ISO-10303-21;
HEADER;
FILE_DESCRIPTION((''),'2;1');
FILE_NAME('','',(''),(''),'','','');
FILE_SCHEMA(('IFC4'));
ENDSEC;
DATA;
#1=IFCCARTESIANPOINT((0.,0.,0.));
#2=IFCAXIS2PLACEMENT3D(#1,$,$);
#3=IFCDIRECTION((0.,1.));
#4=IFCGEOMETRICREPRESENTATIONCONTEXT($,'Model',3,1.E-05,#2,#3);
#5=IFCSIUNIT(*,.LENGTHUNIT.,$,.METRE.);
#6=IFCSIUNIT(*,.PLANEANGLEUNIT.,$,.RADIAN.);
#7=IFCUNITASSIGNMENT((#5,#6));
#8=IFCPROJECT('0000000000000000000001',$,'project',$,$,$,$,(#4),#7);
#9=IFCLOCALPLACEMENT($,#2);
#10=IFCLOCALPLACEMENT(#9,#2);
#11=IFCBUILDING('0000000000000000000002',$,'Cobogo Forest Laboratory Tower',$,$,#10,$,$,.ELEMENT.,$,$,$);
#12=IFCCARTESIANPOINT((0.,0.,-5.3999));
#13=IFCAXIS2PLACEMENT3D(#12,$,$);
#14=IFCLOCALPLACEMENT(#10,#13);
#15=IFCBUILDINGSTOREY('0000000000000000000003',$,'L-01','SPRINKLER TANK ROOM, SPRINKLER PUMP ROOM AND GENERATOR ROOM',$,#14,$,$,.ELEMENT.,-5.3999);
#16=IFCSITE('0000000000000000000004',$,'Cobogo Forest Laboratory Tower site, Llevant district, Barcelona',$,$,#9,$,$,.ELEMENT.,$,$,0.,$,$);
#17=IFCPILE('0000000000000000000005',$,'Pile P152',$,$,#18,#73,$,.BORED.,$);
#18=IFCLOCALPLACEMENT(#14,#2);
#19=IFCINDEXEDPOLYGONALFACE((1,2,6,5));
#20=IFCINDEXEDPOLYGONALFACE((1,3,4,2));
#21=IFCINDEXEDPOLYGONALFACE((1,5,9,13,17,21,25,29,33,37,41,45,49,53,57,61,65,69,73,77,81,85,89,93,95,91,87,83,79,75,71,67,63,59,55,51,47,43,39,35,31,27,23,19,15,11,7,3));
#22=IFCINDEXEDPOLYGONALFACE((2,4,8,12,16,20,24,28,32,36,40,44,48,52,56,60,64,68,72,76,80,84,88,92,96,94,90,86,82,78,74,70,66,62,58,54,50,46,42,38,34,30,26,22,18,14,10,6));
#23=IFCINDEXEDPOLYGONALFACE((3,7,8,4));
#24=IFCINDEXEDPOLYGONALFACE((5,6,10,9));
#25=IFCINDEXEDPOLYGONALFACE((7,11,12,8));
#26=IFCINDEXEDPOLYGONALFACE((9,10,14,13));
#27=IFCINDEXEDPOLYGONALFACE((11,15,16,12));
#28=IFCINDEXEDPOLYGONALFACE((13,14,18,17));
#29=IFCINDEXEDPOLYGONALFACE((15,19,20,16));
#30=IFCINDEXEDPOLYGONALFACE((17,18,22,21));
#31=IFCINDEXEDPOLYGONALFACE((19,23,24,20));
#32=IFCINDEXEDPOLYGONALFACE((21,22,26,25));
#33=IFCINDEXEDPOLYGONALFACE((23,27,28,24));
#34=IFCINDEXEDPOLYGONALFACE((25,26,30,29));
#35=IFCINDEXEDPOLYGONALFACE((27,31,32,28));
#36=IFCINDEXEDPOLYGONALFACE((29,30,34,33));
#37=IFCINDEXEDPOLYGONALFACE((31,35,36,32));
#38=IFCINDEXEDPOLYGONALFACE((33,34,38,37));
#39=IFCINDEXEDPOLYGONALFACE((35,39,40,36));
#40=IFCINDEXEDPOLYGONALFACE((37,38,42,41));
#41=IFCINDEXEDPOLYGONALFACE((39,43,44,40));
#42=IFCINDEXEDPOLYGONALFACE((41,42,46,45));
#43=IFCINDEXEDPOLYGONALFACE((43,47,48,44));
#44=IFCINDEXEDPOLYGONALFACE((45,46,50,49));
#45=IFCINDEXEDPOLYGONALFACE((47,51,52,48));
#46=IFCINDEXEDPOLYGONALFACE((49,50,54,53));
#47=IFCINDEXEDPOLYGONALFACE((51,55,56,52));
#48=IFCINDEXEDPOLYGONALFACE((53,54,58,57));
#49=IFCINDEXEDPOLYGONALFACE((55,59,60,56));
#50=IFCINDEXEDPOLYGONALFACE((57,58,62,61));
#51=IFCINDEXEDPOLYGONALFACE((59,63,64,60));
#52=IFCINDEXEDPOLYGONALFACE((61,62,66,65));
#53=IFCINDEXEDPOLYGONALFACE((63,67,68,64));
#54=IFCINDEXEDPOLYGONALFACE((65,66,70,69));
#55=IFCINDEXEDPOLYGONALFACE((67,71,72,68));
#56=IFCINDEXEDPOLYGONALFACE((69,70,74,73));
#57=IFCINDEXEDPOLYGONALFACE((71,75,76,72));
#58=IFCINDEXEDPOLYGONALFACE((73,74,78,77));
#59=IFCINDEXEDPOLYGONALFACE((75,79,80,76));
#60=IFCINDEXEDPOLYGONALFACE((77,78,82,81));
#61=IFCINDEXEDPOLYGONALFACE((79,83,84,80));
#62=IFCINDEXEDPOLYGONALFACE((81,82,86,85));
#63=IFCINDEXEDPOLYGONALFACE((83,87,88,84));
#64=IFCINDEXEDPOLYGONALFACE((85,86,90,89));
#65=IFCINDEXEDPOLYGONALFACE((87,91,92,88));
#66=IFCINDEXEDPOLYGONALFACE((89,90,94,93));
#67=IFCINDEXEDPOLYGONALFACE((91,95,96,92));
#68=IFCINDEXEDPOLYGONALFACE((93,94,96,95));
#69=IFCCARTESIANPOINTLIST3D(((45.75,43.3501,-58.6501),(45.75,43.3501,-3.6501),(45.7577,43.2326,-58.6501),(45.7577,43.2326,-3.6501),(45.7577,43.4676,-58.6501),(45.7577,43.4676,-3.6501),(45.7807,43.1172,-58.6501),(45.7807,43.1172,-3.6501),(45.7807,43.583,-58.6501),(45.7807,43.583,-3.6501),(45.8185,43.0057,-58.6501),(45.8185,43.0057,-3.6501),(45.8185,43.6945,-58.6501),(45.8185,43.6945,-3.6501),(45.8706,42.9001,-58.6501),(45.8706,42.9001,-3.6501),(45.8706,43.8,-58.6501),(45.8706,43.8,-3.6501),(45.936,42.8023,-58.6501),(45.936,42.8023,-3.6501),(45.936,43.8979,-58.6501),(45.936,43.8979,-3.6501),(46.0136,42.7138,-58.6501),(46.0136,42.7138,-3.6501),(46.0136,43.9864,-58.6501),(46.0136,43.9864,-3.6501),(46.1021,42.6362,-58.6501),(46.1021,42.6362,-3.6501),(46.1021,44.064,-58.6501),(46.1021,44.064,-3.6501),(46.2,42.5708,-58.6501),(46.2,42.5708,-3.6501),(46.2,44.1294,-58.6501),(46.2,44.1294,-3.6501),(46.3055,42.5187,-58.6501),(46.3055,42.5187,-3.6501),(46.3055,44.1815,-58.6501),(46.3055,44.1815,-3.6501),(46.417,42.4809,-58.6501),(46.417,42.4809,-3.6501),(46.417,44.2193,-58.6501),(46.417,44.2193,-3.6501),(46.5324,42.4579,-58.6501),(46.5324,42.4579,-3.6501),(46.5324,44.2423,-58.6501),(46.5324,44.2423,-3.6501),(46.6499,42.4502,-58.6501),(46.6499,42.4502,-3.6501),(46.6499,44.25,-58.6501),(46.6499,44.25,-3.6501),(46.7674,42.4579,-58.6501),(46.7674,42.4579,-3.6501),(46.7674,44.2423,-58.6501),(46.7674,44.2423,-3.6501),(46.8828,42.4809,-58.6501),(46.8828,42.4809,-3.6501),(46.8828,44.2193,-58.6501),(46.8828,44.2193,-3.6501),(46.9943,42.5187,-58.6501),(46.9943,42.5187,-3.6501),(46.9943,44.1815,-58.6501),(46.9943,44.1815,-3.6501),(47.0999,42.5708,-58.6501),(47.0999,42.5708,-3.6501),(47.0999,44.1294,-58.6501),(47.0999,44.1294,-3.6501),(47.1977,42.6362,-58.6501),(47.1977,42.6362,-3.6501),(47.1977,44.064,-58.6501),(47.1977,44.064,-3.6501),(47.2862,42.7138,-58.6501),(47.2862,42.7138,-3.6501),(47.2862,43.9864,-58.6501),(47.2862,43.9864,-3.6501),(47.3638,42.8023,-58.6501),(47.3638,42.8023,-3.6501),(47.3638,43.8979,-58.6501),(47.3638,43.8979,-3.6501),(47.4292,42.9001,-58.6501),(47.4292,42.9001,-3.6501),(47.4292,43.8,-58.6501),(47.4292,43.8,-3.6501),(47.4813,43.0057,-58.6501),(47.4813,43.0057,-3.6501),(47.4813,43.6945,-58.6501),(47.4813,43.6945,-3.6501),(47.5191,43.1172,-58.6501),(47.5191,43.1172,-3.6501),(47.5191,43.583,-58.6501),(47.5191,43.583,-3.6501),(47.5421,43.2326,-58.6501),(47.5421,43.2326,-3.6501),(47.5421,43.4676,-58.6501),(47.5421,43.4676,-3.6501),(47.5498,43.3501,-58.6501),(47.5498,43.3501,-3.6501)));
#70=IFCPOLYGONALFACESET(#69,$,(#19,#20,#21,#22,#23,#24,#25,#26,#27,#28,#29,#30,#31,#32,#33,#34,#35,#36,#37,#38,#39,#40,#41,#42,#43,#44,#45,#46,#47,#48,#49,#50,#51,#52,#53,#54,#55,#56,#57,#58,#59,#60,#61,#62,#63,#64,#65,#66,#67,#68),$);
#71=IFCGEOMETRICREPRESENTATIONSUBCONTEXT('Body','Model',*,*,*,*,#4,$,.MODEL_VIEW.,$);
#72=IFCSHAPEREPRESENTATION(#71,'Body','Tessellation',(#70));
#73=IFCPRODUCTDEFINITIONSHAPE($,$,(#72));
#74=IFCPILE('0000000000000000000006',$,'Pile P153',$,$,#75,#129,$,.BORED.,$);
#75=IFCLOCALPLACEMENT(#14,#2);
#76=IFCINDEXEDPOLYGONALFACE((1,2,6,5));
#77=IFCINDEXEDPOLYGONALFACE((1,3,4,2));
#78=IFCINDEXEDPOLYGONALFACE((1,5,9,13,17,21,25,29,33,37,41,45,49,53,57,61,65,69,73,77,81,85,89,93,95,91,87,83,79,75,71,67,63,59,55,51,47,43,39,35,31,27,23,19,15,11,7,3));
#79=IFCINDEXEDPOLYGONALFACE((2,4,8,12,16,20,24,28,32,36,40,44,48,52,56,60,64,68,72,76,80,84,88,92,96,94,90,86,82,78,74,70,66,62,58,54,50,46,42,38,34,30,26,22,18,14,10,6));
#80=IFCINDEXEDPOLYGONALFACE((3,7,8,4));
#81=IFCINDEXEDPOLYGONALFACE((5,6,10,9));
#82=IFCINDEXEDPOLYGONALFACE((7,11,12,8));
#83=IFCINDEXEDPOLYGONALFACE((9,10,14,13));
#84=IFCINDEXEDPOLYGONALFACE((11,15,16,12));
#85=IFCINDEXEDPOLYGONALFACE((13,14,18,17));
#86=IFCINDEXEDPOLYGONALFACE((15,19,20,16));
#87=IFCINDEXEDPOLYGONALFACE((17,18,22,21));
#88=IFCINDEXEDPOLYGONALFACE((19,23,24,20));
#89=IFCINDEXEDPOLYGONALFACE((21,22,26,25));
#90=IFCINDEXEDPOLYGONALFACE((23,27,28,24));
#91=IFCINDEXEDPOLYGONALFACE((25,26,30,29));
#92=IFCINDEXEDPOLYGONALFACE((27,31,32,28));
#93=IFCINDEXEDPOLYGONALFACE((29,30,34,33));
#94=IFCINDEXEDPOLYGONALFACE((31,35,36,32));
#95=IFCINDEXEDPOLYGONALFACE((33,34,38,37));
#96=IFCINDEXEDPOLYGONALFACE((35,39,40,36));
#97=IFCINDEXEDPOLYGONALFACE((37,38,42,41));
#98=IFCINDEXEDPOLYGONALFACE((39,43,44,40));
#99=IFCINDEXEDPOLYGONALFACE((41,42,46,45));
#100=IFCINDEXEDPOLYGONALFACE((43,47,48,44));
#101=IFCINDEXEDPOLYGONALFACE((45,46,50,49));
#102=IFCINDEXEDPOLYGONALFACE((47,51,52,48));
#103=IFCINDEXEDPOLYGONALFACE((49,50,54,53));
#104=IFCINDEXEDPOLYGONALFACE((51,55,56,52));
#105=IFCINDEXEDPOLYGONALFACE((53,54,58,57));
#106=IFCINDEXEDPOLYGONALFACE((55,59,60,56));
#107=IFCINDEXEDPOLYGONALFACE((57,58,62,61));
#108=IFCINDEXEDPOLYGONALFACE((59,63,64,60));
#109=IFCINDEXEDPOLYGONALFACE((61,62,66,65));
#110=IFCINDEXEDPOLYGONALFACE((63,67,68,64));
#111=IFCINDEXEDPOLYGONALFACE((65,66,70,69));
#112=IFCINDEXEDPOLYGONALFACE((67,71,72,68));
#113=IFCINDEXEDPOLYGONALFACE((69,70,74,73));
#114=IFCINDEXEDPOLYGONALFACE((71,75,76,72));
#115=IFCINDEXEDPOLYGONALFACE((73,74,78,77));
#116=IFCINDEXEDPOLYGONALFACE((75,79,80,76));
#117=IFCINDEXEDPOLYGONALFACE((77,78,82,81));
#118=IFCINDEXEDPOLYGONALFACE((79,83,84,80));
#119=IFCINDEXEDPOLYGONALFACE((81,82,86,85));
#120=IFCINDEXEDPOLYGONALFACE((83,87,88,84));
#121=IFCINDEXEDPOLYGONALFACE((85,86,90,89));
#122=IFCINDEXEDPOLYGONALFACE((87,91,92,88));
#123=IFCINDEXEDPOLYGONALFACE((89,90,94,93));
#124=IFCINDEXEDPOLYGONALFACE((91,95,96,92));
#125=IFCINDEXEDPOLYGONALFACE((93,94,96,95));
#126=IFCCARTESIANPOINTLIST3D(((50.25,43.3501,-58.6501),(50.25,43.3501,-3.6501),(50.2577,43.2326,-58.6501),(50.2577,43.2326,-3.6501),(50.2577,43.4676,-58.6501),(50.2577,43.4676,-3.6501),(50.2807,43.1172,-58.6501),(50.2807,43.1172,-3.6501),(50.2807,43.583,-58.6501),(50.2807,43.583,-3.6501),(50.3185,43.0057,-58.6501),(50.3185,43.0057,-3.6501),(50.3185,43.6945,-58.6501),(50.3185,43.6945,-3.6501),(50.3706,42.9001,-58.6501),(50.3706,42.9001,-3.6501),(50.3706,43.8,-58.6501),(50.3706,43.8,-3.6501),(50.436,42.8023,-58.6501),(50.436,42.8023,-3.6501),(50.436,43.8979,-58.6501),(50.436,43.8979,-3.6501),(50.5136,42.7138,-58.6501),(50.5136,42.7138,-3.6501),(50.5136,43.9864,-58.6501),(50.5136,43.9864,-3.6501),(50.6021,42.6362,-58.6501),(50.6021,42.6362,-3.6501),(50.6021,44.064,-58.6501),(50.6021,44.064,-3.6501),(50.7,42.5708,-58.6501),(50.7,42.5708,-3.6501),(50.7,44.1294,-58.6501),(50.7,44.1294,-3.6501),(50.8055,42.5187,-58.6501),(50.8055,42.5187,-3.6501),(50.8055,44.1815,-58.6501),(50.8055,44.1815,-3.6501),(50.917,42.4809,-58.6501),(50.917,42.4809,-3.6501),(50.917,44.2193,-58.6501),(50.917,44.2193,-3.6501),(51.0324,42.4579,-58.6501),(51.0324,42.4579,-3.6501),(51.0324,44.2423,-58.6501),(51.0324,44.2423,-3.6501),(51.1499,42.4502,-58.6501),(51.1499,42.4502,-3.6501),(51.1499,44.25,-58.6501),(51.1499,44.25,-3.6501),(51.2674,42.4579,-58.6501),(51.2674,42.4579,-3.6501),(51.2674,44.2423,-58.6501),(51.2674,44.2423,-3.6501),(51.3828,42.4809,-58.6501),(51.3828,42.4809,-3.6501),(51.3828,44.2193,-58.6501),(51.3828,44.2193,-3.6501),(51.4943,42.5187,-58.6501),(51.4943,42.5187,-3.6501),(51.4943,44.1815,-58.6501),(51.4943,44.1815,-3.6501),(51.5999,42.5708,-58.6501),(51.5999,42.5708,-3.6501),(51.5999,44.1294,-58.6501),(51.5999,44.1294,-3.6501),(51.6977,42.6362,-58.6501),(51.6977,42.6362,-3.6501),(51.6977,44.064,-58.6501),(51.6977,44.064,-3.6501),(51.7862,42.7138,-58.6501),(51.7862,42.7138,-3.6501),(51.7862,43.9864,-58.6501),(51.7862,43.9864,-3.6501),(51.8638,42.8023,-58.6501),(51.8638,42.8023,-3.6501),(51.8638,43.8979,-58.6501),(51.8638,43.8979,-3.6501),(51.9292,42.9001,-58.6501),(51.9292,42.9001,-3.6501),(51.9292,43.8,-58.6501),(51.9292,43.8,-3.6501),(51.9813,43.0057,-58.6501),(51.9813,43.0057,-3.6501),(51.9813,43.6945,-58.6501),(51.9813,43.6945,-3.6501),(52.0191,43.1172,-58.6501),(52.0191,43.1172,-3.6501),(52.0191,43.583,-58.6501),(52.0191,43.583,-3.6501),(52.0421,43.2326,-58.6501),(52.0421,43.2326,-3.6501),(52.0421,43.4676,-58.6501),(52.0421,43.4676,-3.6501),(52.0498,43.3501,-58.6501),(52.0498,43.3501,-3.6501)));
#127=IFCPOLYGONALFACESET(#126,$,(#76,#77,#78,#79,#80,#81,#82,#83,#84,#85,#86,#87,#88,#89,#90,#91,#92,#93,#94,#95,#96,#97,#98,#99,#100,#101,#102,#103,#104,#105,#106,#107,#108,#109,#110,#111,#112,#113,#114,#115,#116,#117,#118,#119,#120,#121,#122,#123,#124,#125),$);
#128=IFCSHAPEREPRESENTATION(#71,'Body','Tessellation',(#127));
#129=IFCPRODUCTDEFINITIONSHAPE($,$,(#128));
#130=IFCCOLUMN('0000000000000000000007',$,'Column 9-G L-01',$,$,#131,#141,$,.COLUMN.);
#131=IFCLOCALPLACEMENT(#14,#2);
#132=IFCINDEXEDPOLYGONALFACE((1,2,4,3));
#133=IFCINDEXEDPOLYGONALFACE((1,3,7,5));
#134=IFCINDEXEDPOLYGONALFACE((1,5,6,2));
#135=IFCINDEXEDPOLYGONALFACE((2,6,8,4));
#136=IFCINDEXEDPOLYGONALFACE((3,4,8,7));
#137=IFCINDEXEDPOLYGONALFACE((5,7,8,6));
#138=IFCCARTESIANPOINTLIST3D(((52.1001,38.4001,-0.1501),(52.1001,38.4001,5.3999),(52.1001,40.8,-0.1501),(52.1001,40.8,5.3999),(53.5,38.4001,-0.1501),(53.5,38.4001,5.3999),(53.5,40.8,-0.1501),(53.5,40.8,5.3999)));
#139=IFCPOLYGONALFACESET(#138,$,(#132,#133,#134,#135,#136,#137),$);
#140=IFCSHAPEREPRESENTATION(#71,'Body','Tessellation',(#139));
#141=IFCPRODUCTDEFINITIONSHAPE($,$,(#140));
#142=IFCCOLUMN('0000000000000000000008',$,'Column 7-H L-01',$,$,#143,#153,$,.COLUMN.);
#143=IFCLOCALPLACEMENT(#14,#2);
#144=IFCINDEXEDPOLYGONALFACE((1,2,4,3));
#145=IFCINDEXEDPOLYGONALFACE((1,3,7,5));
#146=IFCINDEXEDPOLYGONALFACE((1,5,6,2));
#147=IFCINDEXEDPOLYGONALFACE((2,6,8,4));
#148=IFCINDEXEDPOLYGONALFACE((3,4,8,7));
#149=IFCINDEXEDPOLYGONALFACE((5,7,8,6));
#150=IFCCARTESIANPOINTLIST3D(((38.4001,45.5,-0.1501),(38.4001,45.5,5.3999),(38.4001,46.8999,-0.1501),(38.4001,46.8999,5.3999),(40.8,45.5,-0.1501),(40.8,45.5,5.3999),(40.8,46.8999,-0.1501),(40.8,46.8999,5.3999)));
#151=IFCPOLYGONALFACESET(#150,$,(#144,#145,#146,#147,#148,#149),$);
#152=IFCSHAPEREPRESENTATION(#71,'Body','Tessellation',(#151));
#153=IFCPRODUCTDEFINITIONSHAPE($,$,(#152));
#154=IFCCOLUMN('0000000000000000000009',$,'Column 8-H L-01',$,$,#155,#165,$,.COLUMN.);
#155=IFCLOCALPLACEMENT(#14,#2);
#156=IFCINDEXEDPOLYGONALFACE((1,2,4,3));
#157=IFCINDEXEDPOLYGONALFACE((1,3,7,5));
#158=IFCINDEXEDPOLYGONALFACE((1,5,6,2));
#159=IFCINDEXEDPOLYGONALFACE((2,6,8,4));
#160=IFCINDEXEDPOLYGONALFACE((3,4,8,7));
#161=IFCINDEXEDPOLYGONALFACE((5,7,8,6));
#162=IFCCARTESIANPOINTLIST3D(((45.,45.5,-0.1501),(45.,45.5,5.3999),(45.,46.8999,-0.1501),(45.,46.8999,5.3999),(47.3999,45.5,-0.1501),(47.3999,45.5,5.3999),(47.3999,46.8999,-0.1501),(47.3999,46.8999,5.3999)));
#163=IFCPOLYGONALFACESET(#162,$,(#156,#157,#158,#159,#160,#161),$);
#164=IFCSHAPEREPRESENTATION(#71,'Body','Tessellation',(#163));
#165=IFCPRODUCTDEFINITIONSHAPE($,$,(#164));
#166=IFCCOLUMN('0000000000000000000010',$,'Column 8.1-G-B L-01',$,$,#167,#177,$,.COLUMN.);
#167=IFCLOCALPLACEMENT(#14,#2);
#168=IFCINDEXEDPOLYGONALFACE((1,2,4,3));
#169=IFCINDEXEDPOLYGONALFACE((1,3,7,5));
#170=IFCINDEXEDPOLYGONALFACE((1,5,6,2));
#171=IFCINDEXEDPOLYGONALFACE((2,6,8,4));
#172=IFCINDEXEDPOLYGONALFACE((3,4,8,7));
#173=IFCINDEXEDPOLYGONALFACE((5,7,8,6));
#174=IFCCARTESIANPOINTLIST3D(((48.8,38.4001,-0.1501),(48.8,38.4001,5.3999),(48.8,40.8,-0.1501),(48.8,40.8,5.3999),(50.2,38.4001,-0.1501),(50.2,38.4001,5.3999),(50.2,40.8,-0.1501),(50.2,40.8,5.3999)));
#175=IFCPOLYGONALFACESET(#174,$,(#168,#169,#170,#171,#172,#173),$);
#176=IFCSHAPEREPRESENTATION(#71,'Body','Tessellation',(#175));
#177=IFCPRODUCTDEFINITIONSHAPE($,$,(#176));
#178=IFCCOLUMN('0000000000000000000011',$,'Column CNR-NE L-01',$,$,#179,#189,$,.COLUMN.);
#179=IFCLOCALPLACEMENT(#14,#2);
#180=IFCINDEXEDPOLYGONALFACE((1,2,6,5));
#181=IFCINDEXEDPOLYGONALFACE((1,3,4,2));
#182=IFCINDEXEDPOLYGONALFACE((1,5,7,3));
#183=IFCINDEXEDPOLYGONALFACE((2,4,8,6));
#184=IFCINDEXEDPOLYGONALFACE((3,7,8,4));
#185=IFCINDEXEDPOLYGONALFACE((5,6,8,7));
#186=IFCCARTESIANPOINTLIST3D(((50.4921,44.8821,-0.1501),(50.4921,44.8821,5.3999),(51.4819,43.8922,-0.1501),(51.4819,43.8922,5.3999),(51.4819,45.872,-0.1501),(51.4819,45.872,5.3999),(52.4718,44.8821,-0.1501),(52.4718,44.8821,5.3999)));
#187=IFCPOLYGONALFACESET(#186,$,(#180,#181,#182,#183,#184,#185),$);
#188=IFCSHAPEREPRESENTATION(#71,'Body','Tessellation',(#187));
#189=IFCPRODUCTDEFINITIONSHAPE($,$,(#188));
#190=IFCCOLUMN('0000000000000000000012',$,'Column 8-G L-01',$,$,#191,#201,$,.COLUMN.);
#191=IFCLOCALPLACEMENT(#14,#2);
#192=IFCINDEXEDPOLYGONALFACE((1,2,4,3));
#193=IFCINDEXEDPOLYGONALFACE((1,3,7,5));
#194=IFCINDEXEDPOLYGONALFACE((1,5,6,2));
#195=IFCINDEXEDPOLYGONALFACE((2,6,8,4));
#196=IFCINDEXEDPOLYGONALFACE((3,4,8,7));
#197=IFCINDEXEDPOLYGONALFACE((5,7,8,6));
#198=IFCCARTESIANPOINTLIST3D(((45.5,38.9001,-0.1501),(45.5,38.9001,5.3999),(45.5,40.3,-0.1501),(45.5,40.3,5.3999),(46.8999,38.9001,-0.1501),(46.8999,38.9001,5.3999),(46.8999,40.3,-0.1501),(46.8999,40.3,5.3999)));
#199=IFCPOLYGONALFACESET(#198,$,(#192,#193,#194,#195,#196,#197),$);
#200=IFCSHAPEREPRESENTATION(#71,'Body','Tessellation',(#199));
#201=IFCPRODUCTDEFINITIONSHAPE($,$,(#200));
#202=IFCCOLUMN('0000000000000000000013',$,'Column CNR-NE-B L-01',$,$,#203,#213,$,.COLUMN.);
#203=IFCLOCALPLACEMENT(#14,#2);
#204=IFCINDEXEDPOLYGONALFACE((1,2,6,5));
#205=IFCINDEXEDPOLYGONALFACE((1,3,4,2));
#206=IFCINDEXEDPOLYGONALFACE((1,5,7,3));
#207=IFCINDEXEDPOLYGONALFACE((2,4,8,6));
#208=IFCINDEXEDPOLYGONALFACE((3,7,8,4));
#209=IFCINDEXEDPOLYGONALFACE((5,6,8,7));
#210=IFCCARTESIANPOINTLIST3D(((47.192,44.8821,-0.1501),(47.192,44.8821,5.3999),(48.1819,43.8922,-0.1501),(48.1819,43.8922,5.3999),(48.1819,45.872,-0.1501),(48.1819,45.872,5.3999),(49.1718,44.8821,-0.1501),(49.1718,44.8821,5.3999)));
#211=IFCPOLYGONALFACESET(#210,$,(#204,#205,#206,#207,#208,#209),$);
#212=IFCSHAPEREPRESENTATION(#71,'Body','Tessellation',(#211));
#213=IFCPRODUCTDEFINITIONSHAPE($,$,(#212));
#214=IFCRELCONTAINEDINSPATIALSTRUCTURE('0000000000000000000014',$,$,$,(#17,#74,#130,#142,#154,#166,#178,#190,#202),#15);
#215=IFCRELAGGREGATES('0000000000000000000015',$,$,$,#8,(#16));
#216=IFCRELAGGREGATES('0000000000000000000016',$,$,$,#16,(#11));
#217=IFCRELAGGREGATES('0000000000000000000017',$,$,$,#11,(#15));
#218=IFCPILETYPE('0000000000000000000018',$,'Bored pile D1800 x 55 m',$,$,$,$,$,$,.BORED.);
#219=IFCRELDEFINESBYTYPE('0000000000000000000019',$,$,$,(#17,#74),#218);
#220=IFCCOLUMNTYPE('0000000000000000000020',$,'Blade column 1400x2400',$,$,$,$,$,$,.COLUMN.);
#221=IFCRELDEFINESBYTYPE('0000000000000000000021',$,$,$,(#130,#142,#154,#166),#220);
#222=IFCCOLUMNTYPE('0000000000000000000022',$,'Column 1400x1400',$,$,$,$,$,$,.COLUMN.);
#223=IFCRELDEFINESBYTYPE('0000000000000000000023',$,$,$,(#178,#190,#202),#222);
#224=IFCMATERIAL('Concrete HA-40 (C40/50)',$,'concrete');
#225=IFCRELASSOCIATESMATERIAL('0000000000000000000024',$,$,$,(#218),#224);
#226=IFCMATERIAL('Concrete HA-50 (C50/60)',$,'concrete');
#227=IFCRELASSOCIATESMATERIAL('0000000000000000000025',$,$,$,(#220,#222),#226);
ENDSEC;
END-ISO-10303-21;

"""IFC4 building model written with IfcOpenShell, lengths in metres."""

from ifc_helpers import new_model, si_unit, direction, frame, origin, origin_2d, place, context, subcontext, project, spatial, rectangle, circle, extrude, material, material_profile, profile_set, type_object, element, save


model = new_model("IFC4")

# Units and contexts
model_context = context("Model", 3, precision=1e-05, world=origin(), true_north=direction((0.0, 1.0)))
body_context = subcontext(model_context, "Body", "Model", "MODEL_VIEW")
ifc_project = project(units=[si_unit("LENGTHUNIT", "METRE"), si_unit("PLANEANGLEUNIT", "RADIAN")], contexts=[model_context])

# Site, building, storey
site_placement = place(None, origin())
site = spatial("IfcSite", under=ifc_project, at=site_placement, Name="Cobogo Forest Laboratory Tower site, Llevant district, Barcelona", CompositionType="ELEMENT", RefElevation=0.0)
building_placement = place(site_placement, origin())
building = spatial("IfcBuilding", under=site, at=building_placement, Name="Cobogo Forest Laboratory Tower", CompositionType="ELEMENT")
storey_placement = place(building_placement, frame((0.0, 0.0, -5.3999)))
storey = spatial("IfcBuildingStorey", under=building, at=storey_placement, Name="L-01", Description="SPRINKLER TANK ROOM, SPRINKLER PUMP ROOM AND GENERATOR ROOM", CompositionType="ELEMENT", Elevation=-5.3999)

# Piles
ifc_material_1 = material(Name="Concrete HA-40 (C40/50)", Category="concrete")
ifc_material_profile_1 = material_profile(ifc_material_1, circle(Radius=0.8999, at=origin_2d()), Name="PILE D1800")
ifc_profile_set_1 = profile_set([ifc_material_profile_1], Name="Concrete HA-40 (C40/50)")
pile_type_1 = type_object("IfcPileType", Name="Bored pile D1800 x 55 m", PredefinedType="BORED", material=ifc_profile_set_1)
for number, where, z_axis, x_axis, name in (
    (1, (46.6499, 43.3501, -3.6501), (0.0, 0.0, -1.0), (1.0, 0.0, 0.0), "Pile P152"),
    (2, (51.1499, 43.3501, -3.6501), (0.0, 0.0, -1.0), (1.0, 0.0, 0.0), "Pile P153"),
):
    element("IfcPile", number, at=place(storey_placement, frame(where, z_axis=z_axis, x_axis=x_axis)), inside=storey, type_object=pile_type_1, Name=name, PredefinedType="BORED", context=body_context, shape_type="SweptSolid", body=[
        extrude(circle(Radius=0.8999, at=origin_2d()), origin(), (0.0, 0.0, 1.0), 55.0),
    ])

# Columns
ifc_material_2 = material(Name="Concrete HA-50 (C50/60)", Category="concrete")
ifc_material_profile_2 = material_profile(ifc_material_2, rectangle(XDim=2.3999, YDim=1.3999, at=origin_2d()), Name="RC 1400x2400")
ifc_profile_set_2 = profile_set([ifc_material_profile_2], Name="Concrete HA-50 (C50/60)")
column_type_1 = type_object("IfcColumnType", Name="Blade column 1400x2400", PredefinedType="COLUMN", material=ifc_profile_set_2)
for number, where, z_axis, x_axis, name in (
    (3, (52.8, 39.6001, -0.1501), (0.0, 0.0, 1.0), (0.0, 1.0, 0.0), "Column 9-G L-01"),
    (4, (39.6001, 46.2, -0.1501), (0.0, 0.0, 1.0), (1.0, 0.0, 0.0), "Column 7-H L-01"),
    (5, (46.2, 46.2, -0.1501), (0.0, 0.0, 1.0), (1.0, 0.0, 0.0), "Column 8-H L-01"),
    (6, (49.5, 39.6001, -0.1501), (0.0, 0.0, 1.0), (0.0, 1.0, 0.0), "Column 8.1-G-B L-01"),
):
    element("IfcColumn", number, at=place(storey_placement, frame(where, z_axis=z_axis, x_axis=x_axis)), inside=storey, type_object=column_type_1, Name=name, PredefinedType="COLUMN", context=body_context, shape_type="SweptSolid", body=[
        extrude(rectangle(XDim=2.3999, YDim=1.3999, at=origin_2d()), origin(), (0.0, 0.0, 1.0), 5.55),
    ])
ifc_material_profile_3 = material_profile(ifc_material_2, rectangle(XDim=1.3999, YDim=1.3999, at=origin_2d()), Name="RC 1400x1400")
ifc_profile_set_3 = profile_set([ifc_material_profile_3], Name="Concrete HA-50 (C50/60)")
column_type_2 = type_object("IfcColumnType", Name="Column 1400x1400", PredefinedType="COLUMN", material=ifc_profile_set_3)
for number, where, z_axis, x_axis, name in (
    (7, (51.4819, 44.8821, -0.1501), (0.0, 0.0, 1.0), (0.707107, 0.707107, 0.0), "Column CNR-NE L-01"),
    (8, (46.2, 39.6001, -0.1501), (0.0, 0.0, 1.0), (1.0, 0.0, 0.0), "Column 8-G L-01"),
    (9, (48.1819, 44.8821, -0.1501), (0.0, 0.0, 1.0), (0.707107, 0.707107, 0.0), "Column CNR-NE-B L-01"),
):
    element("IfcColumn", number, at=place(storey_placement, frame(where, z_axis=z_axis, x_axis=x_axis)), inside=storey, type_object=column_type_2, Name=name, PredefinedType="COLUMN", context=body_context, shape_type="SweptSolid", body=[
        extrude(rectangle(XDim=1.3999, YDim=1.3999, at=origin_2d()), origin(), (0.0, 0.0, 1.0), 5.55),
    ])

save(model, "model.ifc")
